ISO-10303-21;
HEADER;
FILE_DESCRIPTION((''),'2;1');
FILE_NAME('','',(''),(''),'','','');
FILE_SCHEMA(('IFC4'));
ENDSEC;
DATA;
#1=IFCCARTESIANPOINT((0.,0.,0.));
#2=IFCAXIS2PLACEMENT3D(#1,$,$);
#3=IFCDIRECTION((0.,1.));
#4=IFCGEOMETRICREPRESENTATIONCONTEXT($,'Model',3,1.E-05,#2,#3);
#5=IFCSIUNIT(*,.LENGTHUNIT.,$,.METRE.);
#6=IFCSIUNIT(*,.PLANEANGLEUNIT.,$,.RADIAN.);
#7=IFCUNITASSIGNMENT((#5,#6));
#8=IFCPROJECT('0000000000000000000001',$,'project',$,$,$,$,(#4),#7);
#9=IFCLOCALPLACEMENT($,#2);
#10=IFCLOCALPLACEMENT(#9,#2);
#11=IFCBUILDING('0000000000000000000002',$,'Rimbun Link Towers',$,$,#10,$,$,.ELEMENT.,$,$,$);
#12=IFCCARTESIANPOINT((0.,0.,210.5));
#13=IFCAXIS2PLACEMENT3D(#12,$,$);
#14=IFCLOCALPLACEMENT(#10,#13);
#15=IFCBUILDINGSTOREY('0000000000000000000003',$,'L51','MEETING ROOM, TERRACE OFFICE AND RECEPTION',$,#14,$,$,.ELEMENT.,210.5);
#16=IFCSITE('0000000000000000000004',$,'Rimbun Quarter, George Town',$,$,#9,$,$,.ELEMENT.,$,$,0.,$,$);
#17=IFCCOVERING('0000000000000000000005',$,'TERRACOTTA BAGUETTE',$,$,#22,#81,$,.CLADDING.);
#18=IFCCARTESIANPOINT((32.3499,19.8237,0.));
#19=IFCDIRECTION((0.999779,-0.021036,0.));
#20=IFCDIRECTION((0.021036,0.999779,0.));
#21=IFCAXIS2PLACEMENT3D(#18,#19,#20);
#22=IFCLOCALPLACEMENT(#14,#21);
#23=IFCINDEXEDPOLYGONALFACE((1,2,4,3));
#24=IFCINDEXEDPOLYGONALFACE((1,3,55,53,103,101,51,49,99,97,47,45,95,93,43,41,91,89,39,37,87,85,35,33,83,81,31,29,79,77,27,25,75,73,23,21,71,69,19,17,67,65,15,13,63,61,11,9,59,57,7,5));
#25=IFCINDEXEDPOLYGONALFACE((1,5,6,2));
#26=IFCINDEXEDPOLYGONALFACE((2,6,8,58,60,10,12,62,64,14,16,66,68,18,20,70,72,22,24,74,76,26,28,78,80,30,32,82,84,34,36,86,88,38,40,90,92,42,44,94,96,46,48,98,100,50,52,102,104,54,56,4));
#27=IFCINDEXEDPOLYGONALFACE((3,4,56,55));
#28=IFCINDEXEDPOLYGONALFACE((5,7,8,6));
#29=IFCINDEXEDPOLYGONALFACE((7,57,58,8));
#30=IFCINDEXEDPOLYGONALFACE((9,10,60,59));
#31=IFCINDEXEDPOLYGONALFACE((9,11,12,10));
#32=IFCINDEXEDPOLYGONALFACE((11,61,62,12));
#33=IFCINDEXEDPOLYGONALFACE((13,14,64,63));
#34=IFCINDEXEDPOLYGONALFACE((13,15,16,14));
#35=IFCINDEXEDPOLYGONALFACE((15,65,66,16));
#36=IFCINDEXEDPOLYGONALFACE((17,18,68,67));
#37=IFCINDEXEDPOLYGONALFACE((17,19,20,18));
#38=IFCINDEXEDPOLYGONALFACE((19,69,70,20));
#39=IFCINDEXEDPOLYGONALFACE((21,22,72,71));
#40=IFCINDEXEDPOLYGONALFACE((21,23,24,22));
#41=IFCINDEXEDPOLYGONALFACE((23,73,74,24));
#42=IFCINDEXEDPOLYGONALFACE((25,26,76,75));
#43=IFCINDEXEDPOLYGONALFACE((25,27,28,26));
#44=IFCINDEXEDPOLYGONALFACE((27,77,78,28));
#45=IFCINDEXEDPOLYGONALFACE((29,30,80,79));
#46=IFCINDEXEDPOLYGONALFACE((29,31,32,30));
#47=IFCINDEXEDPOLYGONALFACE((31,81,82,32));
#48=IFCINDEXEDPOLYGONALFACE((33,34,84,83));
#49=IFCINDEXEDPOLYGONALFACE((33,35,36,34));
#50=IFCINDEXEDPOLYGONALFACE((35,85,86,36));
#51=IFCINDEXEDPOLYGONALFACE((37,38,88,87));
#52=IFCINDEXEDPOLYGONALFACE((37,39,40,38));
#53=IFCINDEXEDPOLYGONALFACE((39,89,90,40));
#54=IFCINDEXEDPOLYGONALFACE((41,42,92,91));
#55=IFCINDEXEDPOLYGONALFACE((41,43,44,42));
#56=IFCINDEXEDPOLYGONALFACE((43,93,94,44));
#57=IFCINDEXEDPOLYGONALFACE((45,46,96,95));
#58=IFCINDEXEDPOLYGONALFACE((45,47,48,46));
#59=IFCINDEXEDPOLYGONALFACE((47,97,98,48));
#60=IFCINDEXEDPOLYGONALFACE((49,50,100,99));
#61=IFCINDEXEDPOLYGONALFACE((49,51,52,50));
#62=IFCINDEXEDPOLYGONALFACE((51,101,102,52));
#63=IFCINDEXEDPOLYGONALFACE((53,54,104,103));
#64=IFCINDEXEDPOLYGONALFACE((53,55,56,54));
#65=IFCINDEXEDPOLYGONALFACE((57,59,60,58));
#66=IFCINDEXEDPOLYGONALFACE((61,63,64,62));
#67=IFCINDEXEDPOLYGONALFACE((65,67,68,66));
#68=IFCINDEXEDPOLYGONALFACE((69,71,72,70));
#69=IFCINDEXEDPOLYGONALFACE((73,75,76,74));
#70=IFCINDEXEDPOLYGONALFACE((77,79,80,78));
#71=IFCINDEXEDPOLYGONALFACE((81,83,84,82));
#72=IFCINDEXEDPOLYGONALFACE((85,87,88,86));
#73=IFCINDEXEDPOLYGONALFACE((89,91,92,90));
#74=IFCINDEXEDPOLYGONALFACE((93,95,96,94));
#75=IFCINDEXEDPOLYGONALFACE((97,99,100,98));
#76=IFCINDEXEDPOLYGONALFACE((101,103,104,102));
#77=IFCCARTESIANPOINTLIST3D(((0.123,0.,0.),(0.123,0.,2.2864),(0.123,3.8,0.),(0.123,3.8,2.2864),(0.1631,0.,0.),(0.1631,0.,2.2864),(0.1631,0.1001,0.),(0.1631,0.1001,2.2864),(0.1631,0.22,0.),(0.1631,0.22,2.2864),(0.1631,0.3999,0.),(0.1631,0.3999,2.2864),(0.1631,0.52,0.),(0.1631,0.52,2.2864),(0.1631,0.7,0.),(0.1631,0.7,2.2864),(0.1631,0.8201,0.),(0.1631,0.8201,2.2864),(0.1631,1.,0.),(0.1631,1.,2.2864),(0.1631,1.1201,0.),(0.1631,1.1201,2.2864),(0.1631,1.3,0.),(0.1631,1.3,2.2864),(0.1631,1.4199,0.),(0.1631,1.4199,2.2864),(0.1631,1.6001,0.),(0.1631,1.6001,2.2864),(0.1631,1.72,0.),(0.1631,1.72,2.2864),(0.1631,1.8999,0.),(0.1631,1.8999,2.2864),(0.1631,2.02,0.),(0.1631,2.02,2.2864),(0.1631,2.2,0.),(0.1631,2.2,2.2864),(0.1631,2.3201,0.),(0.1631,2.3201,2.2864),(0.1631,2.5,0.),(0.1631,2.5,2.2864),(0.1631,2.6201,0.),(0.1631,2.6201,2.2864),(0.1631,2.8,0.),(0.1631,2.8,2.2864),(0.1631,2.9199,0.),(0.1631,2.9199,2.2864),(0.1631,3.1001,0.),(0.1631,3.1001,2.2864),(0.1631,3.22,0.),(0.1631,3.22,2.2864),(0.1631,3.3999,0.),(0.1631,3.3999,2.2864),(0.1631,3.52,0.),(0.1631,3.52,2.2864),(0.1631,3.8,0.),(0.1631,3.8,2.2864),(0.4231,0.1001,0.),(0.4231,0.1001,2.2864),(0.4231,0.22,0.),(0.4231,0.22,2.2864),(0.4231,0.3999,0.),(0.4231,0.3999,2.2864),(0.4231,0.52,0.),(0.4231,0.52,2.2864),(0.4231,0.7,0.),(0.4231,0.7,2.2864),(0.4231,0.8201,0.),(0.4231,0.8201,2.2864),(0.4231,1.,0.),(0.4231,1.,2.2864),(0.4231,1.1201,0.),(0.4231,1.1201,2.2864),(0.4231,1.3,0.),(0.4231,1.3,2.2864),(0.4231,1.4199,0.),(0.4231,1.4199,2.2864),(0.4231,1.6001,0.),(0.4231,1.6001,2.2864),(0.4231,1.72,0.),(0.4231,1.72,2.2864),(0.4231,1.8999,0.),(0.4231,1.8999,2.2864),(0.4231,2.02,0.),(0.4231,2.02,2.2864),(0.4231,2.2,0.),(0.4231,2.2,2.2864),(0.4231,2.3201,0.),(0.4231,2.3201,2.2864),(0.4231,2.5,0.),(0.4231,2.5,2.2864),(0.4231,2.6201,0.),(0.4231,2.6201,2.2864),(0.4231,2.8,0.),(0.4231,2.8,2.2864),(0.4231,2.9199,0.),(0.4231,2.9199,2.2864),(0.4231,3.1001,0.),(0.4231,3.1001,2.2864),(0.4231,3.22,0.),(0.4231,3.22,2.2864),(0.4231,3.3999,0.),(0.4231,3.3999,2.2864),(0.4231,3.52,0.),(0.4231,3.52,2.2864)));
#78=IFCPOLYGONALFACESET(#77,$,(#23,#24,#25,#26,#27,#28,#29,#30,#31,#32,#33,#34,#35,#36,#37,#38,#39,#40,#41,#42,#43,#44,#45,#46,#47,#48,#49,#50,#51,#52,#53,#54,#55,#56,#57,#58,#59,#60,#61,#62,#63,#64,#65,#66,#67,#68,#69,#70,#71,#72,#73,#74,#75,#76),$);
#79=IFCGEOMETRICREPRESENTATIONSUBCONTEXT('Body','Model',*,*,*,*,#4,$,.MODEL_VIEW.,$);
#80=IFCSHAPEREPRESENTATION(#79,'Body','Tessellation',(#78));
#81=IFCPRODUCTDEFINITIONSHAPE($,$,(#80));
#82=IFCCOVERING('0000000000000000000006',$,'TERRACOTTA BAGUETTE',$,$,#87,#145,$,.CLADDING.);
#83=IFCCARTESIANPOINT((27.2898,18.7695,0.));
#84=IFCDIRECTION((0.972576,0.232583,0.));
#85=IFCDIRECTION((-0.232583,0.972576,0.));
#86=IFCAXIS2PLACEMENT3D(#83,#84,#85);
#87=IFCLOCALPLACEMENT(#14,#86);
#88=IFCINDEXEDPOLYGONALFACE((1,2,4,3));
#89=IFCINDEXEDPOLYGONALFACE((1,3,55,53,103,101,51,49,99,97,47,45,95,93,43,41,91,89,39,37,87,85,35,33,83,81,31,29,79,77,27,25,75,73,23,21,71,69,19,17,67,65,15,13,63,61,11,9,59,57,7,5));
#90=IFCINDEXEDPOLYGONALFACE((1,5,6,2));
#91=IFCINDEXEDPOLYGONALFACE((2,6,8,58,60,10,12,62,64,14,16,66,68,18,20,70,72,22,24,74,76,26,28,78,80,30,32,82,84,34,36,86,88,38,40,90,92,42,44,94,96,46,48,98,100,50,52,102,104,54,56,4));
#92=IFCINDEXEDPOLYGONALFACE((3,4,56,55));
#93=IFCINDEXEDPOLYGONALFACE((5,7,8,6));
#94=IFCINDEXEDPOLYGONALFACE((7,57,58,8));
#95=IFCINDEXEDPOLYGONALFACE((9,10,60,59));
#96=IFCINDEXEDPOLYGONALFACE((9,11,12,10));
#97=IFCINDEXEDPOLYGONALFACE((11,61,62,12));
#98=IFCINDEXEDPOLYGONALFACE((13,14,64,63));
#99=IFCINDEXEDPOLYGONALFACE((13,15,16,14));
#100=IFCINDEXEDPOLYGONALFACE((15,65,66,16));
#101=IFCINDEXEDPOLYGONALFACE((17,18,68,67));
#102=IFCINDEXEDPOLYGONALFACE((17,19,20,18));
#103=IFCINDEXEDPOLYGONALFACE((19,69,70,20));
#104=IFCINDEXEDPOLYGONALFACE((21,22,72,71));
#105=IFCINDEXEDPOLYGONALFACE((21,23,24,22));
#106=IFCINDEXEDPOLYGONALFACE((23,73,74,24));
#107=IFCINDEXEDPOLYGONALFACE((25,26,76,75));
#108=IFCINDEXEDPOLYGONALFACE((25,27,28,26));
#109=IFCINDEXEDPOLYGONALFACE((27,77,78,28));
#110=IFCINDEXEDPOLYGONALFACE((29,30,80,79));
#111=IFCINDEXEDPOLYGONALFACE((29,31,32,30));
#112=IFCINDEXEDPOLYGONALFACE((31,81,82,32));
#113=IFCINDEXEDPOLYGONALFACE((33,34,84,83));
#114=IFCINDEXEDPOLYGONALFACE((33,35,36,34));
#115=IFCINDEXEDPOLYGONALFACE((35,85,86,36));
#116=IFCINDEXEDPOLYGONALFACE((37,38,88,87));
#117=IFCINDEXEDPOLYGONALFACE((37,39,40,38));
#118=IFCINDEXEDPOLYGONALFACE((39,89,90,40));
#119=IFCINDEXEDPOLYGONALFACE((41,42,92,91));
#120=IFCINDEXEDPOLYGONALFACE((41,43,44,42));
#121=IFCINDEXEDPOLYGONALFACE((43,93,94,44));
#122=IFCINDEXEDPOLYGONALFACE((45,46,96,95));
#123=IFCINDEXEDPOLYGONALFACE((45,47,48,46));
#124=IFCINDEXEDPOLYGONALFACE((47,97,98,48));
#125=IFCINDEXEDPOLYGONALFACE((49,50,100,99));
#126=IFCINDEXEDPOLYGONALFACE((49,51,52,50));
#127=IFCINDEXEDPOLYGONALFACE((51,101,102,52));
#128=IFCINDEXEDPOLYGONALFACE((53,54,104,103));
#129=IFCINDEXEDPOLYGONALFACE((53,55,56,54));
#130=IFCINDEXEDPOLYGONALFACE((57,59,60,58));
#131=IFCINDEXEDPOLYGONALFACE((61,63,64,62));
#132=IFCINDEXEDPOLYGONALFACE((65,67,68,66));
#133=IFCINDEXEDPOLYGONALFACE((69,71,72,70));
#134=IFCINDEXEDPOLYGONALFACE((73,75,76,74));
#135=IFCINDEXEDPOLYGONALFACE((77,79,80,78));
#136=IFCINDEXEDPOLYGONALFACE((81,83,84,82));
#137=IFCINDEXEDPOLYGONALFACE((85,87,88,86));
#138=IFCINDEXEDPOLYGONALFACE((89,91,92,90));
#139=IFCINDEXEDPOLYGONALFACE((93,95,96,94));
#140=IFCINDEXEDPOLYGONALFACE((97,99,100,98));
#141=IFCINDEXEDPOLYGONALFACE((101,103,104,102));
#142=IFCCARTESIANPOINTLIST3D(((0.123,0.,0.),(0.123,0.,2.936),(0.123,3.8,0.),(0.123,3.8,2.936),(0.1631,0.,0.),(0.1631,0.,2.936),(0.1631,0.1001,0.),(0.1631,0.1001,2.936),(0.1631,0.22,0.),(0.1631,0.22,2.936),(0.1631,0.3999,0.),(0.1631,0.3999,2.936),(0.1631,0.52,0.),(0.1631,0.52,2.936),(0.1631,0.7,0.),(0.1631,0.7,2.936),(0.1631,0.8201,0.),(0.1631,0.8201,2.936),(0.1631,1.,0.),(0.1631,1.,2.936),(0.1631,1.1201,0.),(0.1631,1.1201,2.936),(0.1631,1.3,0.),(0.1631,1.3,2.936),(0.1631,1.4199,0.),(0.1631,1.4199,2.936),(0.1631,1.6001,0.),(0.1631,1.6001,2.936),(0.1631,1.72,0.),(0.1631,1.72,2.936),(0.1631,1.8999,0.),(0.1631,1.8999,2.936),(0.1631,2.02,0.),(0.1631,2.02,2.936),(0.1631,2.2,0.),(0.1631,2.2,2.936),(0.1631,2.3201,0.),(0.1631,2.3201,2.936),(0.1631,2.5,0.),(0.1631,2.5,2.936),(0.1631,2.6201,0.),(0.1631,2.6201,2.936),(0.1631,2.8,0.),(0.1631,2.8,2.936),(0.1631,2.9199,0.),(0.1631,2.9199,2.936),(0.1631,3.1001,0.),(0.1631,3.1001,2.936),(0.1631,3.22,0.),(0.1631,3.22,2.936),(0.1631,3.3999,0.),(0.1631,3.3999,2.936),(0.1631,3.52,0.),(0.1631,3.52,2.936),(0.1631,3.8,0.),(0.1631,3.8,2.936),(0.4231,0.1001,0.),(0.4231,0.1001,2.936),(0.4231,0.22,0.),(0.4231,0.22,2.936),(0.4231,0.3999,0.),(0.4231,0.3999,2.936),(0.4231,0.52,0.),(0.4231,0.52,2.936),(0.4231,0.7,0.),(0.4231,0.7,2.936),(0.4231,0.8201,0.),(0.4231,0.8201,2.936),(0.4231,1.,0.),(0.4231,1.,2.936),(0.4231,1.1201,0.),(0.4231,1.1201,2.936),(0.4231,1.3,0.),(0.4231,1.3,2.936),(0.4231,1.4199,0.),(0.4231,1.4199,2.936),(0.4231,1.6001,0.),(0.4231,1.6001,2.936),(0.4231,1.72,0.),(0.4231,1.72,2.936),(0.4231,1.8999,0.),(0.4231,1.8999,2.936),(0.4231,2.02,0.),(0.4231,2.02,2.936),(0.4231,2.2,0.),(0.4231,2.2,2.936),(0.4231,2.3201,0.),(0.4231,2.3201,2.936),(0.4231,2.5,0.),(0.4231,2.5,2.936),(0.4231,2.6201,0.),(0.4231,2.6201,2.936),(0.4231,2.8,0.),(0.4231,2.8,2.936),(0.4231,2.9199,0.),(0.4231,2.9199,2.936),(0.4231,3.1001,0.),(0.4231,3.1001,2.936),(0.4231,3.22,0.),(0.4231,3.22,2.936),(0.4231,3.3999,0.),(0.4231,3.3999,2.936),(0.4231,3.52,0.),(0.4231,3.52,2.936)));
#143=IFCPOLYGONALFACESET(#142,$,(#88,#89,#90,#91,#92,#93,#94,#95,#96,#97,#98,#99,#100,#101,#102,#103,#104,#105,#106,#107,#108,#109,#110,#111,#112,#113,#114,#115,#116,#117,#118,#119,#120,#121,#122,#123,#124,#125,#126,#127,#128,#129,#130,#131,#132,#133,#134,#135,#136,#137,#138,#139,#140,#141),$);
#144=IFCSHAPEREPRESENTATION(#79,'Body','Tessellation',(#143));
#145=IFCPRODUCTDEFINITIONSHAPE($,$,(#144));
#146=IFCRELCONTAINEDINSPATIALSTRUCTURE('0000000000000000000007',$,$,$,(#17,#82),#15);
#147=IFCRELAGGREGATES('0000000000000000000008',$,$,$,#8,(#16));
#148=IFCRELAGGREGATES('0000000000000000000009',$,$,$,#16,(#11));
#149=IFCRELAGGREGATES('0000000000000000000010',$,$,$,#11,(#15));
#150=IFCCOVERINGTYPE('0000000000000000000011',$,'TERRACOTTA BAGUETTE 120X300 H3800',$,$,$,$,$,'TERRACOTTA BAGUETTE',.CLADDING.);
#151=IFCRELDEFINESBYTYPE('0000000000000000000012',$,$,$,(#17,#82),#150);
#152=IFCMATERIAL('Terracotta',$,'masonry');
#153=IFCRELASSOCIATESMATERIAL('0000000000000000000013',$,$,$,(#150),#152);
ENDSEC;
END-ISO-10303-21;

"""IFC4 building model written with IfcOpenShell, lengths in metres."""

from ifc_helpers import new_model, si_unit, direction, frame, origin, place, context, subcontext, project, spatial, polyline, outline, extrude, material, material_profile, profile_set, type_object, element, save


model = new_model("IFC4")

# Units and contexts
model_context = context("Model", 3, precision=1e-05, world=origin(), true_north=direction((0.0, 1.0)))
body_context = subcontext(model_context, "Body", "Model", "MODEL_VIEW")
ifc_project = project(units=[si_unit("LENGTHUNIT", "METRE"), si_unit("PLANEANGLEUNIT", "RADIAN")], contexts=[model_context])

# Site, building, storey
site_placement = place(None, origin())
site = spatial("IfcSite", under=ifc_project, at=site_placement, Name="Rimbun Quarter, George Town", CompositionType="ELEMENT", RefElevation=0.0)
building_placement = place(site_placement, origin())
building = spatial("IfcBuilding", under=site, at=building_placement, Name="Rimbun Link Towers", CompositionType="ELEMENT")
storey_placement = place(building_placement, frame((0.0, 0.0, 210.5)))
storey = spatial("IfcBuildingStorey", under=building, at=storey_placement, Name="L51", Description="MEETING ROOM, TERRACE OFFICE AND RECEPTION", CompositionType="ELEMENT", Elevation=210.5)

# Coverings
ifc_material_1 = material(Name="Terracotta", Category="masonry")
ifc_material_profile_1 = material_profile(ifc_material_1, outline(polyline([(0.123, 0.0), (0.1631, 0.0), (0.1631, 0.1001), (0.4231, 0.1001), (0.4231, 0.22), (0.1631, 0.22), (0.1631, 0.3999), (0.4231, 0.3999), (0.4231, 0.52), (0.1631, 0.52), (0.1631, 0.7), (0.4231, 0.7), (0.4231, 0.8201), (0.1631, 0.8201), (0.1631, 1.0), (0.4231, 1.0), (0.4231, 1.1201), (0.1631, 1.1201), (0.1631, 1.3), (0.4231, 1.3), (0.4231, 1.4199), (0.1631, 1.4199), (0.1631, 1.6001), (0.4231, 1.6001), (0.4231, 1.72), (0.1631, 1.72), (0.1631, 1.8999), (0.4231, 1.8999), (0.4231, 2.02), (0.1631, 2.02), (0.1631, 2.2), (0.4231, 2.2), (0.4231, 2.3201), (0.1631, 2.3201), (0.1631, 2.5), (0.4231, 2.5), (0.4231, 2.6201), (0.1631, 2.6201), (0.1631, 2.8), (0.4231, 2.8), (0.4231, 2.9199), (0.1631, 2.9199), (0.1631, 3.1001), (0.4231, 3.1001), (0.4231, 3.22), (0.1631, 3.22), (0.1631, 3.3999), (0.4231, 3.3999), (0.4231, 3.52), (0.1631, 3.52), (0.1631, 3.8), (0.123, 3.8), (0.123, 0.0)])), Name="BAGUETTE 120X300")
ifc_profile_set_1 = profile_set([ifc_material_profile_1], Name="Terracotta")
covering_type = type_object("IfcCoveringType", Name="TERRACOTTA BAGUETTE 120X300 H3800", ElementType="TERRACOTTA BAGUETTE", PredefinedType="CLADDING", material=ifc_profile_set_1)
covering_1_placement = place(storey_placement, frame((32.3499, 19.8237, 0.0), z_axis=(0.999779, -0.021036, 0.0), x_axis=(0.021036, 0.999779, 0.0)))
element("IfcCovering", 1, at=covering_1_placement, inside=storey, type_object=covering_type, Name="TERRACOTTA BAGUETTE", PredefinedType="CLADDING", context=body_context, shape_type="SweptSolid", body=[
    extrude(outline(polyline([(0.123, 0.0), (0.1631, 0.0), (0.1631, 0.1001), (0.4231, 0.1001), (0.4231, 0.22), (0.1631, 0.22), (0.1631, 0.3999), (0.4231, 0.3999), (0.4231, 0.52), (0.1631, 0.52), (0.1631, 0.7), (0.4231, 0.7), (0.4231, 0.8201), (0.1631, 0.8201), (0.1631, 1.0), (0.4231, 1.0), (0.4231, 1.1201), (0.1631, 1.1201), (0.1631, 1.3), (0.4231, 1.3), (0.4231, 1.4199), (0.1631, 1.4199), (0.1631, 1.6001), (0.4231, 1.6001), (0.4231, 1.72), (0.1631, 1.72), (0.1631, 1.8999), (0.4231, 1.8999), (0.4231, 2.02), (0.1631, 2.02), (0.1631, 2.2), (0.4231, 2.2), (0.4231, 2.3201), (0.1631, 2.3201), (0.1631, 2.5), (0.4231, 2.5), (0.4231, 2.6201), (0.1631, 2.6201), (0.1631, 2.8), (0.4231, 2.8), (0.4231, 2.9199), (0.1631, 2.9199), (0.1631, 3.1001), (0.4231, 3.1001), (0.4231, 3.22), (0.1631, 3.22), (0.1631, 3.3999), (0.4231, 3.3999), (0.4231, 3.52), (0.1631, 3.52), (0.1631, 3.8), (0.123, 3.8), (0.123, 0.0)])), origin(), (0.0, 0.0, 1.0), 2.2864),
])
covering_2_placement = place(storey_placement, frame((27.2898, 18.7695, 0.0), z_axis=(0.972576, 0.232583, 0.0), x_axis=(-0.232583, 0.972576, 0.0)))
element("IfcCovering", 2, at=covering_2_placement, inside=storey, type_object=covering_type, Name="TERRACOTTA BAGUETTE", PredefinedType="CLADDING", context=body_context, shape_type="SweptSolid", body=[
    extrude(outline(polyline([(0.123, 0.0), (0.1631, 0.0), (0.1631, 0.1001), (0.4231, 0.1001), (0.4231, 0.22), (0.1631, 0.22), (0.1631, 0.3999), (0.4231, 0.3999), (0.4231, 0.52), (0.1631, 0.52), (0.1631, 0.7), (0.4231, 0.7), (0.4231, 0.8201), (0.1631, 0.8201), (0.1631, 1.0), (0.4231, 1.0), (0.4231, 1.1201), (0.1631, 1.1201), (0.1631, 1.3), (0.4231, 1.3), (0.4231, 1.4199), (0.1631, 1.4199), (0.1631, 1.6001), (0.4231, 1.6001), (0.4231, 1.72), (0.1631, 1.72), (0.1631, 1.8999), (0.4231, 1.8999), (0.4231, 2.02), (0.1631, 2.02), (0.1631, 2.2), (0.4231, 2.2), (0.4231, 2.3201), (0.1631, 2.3201), (0.1631, 2.5), (0.4231, 2.5), (0.4231, 2.6201), (0.1631, 2.6201), (0.1631, 2.8), (0.4231, 2.8), (0.4231, 2.9199), (0.1631, 2.9199), (0.1631, 3.1001), (0.4231, 3.1001), (0.4231, 3.22), (0.1631, 3.22), (0.1631, 3.3999), (0.4231, 3.3999), (0.4231, 3.52), (0.1631, 3.52), (0.1631, 3.8), (0.123, 3.8), (0.123, 0.0)])), origin(), (0.0, 0.0, 1.0), 2.936),
])

save(model, "model.ifc")
